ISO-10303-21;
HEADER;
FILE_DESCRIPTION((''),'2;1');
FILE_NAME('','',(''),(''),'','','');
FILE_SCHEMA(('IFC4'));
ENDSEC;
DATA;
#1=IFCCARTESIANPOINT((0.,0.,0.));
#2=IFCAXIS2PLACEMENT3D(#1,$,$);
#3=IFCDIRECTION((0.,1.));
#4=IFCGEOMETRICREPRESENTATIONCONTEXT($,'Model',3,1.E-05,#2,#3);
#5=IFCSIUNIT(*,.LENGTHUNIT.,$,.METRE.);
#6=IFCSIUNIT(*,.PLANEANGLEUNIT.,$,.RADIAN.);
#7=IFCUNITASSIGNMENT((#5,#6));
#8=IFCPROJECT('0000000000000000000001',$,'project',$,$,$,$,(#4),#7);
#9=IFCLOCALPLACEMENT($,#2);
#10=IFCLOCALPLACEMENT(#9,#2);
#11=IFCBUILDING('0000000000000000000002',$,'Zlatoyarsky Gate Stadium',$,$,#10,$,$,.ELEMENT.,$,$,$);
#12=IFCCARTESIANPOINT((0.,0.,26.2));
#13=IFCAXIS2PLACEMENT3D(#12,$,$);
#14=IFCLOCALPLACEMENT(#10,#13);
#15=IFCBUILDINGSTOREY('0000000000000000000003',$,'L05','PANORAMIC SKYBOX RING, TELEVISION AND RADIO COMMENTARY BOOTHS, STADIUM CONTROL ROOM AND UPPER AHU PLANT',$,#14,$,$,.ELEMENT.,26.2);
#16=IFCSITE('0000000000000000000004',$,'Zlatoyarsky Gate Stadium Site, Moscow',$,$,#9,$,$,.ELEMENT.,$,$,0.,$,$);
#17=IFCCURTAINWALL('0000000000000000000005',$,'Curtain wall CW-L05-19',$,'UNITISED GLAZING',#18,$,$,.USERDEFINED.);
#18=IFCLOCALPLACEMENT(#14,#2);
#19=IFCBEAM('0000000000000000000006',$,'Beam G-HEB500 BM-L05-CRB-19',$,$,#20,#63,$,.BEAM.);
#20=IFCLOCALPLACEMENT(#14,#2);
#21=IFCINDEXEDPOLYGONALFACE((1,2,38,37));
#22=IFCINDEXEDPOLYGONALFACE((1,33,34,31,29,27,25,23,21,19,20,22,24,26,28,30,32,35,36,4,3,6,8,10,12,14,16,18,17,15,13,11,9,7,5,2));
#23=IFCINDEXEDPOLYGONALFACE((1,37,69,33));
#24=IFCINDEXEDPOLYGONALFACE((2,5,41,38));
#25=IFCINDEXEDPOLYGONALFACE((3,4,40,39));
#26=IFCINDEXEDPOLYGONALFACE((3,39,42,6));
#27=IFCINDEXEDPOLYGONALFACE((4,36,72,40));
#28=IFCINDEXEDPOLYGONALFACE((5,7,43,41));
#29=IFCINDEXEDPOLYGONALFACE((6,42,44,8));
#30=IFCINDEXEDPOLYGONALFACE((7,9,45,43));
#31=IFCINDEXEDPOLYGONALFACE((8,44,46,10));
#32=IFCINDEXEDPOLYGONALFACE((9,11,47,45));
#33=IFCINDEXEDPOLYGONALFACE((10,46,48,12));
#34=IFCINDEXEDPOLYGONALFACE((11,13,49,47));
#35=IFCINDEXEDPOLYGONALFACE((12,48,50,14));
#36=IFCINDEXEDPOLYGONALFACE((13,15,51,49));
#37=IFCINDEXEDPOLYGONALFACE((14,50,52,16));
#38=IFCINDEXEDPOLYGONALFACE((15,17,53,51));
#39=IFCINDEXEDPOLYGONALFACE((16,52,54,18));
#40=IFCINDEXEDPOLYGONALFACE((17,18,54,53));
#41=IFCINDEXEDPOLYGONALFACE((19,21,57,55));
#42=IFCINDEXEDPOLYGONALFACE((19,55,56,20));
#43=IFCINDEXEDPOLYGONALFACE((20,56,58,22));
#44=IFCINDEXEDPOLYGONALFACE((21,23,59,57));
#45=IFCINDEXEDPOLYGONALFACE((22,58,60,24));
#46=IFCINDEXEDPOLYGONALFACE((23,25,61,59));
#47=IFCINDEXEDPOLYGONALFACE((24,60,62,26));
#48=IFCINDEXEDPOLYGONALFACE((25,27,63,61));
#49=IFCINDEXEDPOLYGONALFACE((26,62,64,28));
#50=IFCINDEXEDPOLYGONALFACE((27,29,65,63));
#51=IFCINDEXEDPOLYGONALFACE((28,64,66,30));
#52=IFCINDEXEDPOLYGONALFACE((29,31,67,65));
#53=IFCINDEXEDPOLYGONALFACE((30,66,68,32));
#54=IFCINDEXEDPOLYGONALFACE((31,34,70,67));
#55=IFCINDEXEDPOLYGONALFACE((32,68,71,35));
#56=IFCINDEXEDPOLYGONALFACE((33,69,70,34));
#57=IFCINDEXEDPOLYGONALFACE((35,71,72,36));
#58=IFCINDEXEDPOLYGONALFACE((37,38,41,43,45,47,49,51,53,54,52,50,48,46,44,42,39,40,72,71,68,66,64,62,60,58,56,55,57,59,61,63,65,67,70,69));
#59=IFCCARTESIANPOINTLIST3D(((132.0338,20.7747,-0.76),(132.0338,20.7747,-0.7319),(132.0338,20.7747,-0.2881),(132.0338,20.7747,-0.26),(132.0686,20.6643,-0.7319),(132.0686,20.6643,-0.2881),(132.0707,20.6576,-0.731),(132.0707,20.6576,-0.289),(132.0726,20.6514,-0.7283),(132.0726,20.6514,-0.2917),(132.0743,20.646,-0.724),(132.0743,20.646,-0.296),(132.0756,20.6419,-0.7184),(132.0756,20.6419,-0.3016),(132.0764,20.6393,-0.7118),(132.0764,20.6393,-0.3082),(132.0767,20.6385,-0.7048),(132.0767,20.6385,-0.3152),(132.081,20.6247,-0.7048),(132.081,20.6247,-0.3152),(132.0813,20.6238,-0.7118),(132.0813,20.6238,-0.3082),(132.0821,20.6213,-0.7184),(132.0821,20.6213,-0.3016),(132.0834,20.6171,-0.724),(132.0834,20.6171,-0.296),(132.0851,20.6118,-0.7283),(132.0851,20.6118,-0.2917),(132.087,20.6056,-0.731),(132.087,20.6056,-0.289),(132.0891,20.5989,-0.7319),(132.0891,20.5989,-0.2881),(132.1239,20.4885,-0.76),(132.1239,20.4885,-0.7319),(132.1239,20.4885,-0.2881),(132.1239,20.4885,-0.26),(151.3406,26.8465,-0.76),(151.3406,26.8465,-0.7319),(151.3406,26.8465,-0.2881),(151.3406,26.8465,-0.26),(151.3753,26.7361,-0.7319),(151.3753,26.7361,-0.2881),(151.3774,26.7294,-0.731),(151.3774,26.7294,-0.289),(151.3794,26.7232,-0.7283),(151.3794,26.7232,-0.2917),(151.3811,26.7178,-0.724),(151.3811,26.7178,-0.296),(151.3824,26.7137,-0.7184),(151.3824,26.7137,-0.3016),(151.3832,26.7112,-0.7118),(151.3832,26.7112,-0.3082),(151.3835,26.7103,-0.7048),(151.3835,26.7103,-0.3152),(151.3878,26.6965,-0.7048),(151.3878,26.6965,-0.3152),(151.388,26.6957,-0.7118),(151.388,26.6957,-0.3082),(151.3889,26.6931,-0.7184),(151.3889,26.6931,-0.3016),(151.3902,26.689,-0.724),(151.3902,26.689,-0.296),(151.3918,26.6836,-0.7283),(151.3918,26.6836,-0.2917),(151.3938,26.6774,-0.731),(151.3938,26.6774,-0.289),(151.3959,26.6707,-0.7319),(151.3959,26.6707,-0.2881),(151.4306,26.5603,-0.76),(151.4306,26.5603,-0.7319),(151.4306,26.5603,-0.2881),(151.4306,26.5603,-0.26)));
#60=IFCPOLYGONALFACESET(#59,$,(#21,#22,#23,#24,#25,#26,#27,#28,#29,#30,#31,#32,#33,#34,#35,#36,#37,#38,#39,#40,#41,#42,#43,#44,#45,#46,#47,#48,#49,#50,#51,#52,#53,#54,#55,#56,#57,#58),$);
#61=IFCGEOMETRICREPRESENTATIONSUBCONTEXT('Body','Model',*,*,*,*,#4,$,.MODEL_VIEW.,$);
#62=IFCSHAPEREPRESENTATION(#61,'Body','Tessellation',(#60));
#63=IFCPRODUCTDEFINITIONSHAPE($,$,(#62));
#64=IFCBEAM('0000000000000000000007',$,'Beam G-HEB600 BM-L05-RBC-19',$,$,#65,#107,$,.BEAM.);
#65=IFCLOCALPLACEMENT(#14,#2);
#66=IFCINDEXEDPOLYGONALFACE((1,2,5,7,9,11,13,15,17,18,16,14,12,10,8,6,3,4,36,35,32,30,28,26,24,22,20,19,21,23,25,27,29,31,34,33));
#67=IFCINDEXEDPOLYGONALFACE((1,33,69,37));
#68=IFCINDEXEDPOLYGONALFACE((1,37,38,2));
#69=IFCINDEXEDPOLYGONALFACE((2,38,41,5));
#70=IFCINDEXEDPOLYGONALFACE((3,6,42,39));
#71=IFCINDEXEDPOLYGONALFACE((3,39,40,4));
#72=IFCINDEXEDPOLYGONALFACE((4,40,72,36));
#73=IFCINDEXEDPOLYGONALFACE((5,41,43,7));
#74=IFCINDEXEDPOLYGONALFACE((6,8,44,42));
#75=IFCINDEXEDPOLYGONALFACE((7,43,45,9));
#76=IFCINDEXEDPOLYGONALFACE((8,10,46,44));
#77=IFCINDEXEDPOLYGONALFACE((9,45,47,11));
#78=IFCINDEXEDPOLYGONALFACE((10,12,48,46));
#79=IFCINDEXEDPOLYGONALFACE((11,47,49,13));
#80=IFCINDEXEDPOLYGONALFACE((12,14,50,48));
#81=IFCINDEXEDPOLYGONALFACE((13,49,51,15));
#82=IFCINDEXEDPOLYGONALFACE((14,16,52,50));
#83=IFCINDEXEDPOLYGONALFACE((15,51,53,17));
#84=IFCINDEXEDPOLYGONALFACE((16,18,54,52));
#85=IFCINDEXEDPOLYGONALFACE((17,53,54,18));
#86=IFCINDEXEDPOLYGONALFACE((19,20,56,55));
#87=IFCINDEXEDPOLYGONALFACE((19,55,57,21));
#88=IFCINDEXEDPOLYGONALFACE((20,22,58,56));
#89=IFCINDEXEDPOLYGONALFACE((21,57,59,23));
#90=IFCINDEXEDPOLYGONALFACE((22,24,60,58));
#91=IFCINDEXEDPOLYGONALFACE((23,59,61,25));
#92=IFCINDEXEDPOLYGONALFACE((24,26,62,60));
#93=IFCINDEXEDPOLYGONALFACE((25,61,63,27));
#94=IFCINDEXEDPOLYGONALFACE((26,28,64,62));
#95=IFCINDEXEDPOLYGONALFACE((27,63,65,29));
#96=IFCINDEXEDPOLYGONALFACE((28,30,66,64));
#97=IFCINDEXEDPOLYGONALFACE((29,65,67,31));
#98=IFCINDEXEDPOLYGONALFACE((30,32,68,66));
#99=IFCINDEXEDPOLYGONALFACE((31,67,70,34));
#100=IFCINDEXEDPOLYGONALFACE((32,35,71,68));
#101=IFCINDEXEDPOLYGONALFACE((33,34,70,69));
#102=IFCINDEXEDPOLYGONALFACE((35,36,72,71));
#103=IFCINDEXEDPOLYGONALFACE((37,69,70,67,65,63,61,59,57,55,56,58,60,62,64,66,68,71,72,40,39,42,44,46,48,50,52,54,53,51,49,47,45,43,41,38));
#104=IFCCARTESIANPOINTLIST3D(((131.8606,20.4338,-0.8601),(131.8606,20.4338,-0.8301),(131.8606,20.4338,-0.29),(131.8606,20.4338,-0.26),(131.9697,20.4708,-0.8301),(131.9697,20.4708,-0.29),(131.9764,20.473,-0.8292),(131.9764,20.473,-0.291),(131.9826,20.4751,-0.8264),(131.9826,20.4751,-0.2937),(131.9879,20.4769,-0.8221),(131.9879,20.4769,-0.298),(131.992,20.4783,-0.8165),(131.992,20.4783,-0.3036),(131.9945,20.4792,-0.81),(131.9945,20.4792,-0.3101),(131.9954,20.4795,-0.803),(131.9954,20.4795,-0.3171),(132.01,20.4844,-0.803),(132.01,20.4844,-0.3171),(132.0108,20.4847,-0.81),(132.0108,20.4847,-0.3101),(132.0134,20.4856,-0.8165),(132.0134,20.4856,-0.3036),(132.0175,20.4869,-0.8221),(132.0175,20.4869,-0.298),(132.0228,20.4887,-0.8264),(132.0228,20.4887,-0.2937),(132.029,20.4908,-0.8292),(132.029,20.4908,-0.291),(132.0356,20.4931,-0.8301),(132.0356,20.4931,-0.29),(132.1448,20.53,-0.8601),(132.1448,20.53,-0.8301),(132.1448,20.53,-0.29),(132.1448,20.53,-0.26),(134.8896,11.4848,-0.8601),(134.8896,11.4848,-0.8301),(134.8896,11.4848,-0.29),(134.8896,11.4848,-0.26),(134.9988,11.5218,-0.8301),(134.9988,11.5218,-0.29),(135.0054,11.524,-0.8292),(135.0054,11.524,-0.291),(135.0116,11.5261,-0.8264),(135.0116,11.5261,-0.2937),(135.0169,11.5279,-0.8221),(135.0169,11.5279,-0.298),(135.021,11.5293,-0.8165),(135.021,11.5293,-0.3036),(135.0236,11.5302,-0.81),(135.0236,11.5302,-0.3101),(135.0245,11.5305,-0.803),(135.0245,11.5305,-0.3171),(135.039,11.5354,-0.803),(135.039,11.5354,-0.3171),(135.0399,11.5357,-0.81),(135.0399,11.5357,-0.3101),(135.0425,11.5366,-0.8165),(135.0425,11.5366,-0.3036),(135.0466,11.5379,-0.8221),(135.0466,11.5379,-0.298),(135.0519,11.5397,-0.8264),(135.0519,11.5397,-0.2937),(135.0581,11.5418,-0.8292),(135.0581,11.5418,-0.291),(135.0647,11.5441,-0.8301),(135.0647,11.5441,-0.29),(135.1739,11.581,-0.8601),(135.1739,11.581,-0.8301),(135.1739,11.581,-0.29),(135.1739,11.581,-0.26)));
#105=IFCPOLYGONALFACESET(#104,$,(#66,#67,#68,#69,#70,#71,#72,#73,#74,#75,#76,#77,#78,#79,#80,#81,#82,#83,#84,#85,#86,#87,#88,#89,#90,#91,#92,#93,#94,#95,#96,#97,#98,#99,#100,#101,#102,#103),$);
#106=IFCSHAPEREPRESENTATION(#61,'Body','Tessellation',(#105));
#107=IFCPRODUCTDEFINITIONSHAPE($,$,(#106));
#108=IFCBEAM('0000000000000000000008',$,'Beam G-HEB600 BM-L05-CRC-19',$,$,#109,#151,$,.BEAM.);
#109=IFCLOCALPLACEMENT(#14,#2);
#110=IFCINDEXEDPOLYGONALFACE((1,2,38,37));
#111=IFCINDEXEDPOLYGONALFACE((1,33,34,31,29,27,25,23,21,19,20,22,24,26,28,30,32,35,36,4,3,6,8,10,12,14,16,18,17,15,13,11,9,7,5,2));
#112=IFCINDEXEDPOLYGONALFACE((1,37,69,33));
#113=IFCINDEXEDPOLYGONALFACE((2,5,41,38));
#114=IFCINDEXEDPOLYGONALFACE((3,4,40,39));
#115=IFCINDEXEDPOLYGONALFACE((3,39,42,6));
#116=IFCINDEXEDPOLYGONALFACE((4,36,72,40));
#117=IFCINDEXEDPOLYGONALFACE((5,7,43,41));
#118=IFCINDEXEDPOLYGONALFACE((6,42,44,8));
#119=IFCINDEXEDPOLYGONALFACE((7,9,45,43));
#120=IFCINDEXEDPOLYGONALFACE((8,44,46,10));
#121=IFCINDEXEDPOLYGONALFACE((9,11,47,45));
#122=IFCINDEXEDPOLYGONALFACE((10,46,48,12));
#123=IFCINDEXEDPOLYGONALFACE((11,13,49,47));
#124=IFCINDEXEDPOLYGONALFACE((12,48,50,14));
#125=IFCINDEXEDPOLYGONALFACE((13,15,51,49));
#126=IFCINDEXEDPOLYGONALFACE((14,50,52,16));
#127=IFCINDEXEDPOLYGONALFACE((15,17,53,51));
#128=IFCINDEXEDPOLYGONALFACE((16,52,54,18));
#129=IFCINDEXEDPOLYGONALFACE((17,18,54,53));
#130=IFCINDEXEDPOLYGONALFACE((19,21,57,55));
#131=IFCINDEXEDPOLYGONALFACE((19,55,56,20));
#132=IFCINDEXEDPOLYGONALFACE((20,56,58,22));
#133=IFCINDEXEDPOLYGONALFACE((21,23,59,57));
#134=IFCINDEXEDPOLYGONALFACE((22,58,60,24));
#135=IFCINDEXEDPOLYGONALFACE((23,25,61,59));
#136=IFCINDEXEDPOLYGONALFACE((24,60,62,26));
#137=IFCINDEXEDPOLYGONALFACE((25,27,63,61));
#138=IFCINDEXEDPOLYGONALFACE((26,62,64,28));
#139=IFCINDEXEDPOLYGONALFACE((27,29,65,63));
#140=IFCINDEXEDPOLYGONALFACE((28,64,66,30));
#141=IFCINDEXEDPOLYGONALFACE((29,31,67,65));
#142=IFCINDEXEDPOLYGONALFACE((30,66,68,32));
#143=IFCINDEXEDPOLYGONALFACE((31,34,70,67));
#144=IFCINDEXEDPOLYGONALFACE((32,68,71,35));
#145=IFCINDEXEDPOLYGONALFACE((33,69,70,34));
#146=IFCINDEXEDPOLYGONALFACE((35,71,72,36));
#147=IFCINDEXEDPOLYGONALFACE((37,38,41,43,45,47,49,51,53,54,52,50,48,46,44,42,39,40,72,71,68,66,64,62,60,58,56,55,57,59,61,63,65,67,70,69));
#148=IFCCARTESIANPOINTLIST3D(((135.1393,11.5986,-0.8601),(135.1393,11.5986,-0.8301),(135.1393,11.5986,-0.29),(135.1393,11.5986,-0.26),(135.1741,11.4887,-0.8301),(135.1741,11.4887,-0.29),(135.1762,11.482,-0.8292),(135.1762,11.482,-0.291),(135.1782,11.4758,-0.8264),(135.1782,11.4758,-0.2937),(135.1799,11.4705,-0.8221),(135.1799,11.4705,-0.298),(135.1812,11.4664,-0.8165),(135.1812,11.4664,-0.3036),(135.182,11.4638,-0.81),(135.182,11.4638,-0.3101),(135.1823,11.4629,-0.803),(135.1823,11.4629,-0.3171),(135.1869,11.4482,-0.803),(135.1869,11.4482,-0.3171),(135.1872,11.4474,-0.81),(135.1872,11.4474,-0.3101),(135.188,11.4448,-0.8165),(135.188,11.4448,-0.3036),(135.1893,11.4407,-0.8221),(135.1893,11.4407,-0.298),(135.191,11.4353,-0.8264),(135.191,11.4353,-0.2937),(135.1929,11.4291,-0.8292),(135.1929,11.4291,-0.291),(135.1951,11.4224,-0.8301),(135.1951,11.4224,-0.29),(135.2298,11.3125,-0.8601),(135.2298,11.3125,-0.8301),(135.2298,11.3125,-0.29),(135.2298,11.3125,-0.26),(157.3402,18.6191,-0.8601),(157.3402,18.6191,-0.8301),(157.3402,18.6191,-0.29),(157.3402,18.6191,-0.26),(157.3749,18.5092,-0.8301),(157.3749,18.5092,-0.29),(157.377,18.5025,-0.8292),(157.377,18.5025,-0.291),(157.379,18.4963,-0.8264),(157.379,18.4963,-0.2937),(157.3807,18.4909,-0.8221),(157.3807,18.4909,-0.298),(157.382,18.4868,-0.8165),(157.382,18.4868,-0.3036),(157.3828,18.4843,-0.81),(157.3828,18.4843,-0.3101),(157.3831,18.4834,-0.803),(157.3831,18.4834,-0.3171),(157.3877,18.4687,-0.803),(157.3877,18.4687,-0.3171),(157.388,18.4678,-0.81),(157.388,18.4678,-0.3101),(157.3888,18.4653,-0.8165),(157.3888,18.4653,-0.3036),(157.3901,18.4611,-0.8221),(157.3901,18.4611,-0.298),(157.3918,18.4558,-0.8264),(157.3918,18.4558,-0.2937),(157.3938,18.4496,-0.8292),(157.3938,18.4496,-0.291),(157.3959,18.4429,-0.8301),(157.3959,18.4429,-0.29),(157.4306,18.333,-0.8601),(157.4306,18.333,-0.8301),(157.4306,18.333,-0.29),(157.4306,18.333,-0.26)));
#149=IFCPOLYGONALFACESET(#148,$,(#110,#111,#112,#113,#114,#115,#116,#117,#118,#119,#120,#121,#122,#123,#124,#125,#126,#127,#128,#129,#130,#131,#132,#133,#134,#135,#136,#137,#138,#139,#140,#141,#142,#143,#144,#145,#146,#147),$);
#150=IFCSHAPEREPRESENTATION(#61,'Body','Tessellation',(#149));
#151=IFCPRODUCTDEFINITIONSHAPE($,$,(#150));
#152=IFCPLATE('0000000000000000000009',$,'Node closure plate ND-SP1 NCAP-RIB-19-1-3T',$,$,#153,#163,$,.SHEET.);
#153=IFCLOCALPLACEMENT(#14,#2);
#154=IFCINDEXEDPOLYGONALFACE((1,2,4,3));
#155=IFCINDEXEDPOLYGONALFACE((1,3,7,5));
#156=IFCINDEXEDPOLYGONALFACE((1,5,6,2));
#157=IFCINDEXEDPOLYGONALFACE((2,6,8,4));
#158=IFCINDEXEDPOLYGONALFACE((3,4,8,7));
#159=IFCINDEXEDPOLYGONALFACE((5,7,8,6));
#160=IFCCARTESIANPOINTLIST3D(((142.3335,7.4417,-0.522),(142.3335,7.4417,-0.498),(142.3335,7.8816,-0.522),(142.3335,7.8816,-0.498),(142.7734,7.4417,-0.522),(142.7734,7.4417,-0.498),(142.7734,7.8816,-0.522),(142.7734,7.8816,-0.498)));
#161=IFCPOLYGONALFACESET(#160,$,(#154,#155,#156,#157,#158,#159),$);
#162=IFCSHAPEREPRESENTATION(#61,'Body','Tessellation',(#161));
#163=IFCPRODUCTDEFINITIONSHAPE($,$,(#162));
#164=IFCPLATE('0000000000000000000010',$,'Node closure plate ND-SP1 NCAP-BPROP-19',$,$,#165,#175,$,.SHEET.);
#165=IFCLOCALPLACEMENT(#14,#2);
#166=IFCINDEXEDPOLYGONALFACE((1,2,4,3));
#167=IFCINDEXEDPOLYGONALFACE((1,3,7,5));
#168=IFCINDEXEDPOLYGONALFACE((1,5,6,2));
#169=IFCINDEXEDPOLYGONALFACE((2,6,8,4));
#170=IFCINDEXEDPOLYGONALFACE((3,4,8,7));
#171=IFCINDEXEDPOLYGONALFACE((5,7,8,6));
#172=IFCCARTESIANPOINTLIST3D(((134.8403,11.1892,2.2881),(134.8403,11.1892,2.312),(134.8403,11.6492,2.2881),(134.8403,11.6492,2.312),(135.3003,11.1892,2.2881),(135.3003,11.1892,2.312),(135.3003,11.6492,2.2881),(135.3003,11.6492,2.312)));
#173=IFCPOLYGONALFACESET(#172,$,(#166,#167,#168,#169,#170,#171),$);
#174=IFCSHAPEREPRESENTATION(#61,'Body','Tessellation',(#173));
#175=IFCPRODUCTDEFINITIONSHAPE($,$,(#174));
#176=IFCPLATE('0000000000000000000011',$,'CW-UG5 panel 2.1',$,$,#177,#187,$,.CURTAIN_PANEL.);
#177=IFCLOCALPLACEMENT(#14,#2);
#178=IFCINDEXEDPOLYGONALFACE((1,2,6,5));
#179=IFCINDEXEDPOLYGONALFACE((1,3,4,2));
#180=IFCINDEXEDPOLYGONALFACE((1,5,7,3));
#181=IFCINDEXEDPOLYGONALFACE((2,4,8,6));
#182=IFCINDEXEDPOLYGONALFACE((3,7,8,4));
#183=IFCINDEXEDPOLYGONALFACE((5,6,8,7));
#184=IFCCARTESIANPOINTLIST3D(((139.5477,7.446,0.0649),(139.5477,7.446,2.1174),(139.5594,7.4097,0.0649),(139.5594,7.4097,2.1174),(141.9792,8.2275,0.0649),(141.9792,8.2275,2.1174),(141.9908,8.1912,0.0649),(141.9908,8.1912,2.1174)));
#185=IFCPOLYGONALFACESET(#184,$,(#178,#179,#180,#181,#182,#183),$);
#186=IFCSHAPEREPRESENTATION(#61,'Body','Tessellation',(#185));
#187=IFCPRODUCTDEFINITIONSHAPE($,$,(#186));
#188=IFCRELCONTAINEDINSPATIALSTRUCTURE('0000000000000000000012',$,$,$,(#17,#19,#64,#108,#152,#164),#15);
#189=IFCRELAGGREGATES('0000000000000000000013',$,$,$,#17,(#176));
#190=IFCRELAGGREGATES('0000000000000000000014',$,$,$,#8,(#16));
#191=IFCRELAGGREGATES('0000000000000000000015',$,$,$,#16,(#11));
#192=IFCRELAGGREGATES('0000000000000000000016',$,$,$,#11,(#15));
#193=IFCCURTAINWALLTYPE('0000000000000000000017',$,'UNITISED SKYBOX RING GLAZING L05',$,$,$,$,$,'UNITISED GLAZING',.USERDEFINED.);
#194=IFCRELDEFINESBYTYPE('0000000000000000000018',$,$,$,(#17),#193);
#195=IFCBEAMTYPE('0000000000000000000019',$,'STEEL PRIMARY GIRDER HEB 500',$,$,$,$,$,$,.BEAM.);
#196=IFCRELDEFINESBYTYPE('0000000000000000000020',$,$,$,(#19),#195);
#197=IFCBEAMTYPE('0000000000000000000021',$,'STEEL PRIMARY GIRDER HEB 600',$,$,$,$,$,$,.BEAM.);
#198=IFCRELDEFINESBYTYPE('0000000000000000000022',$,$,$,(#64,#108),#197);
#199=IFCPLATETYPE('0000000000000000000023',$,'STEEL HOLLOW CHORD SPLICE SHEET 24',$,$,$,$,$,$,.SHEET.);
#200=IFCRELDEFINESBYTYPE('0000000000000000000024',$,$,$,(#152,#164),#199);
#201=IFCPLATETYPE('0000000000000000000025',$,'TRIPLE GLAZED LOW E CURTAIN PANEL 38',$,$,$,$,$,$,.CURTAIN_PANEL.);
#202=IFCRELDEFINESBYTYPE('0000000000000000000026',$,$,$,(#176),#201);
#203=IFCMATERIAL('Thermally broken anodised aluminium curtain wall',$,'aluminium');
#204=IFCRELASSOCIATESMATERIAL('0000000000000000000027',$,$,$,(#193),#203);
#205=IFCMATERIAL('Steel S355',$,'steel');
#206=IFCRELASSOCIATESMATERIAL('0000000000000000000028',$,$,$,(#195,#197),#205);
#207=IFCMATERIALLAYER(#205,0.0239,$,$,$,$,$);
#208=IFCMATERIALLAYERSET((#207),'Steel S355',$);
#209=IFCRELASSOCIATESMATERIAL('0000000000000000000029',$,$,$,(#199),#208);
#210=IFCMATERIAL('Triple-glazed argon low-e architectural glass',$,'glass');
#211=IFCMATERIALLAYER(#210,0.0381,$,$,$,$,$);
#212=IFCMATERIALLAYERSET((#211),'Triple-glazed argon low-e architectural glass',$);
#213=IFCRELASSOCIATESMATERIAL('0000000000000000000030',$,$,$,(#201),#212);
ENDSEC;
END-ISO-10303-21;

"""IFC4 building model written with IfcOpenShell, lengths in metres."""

from ifc_helpers import new_model, si_unit, direction, frame, origin, origin_2d, place, context, subcontext, project, spatial, rectangle, i_section, extrude, material, layer, layer_set, material_profile, profile_set, type_object, element, aggregate, save


model = new_model("IFC4")

# Units and contexts
model_context = context("Model", 3, precision=1e-05, world=origin(), true_north=direction((0.0, 1.0)))
body_context = subcontext(model_context, "Body", "Model", "MODEL_VIEW")
ifc_project = project(units=[si_unit("LENGTHUNIT", "METRE"), si_unit("PLANEANGLEUNIT", "RADIAN")], contexts=[model_context])

# Site, building, storey
site_placement = place(None, origin())
site = spatial("IfcSite", under=ifc_project, at=site_placement, Name="Zlatoyarsky Gate Stadium Site, Moscow", CompositionType="ELEMENT", RefElevation=0.0)
building_placement = place(site_placement, origin())
building = spatial("IfcBuilding", under=site, at=building_placement, Name="Zlatoyarsky Gate Stadium", CompositionType="ELEMENT")
storey_placement = place(building_placement, frame((0.0, 0.0, 26.2)))
storey = spatial("IfcBuildingStorey", under=building, at=storey_placement, Name="L05", Description="PANORAMIC SKYBOX RING, TELEVISION AND RADIO COMMENTARY BOOTHS, STADIUM CONTROL ROOM AND UPPER AHU PLANT", CompositionType="ELEMENT", Elevation=26.2)

# Shared definitions
ifc_material_1 = material(Name="Steel S355", Category="steel")

# Curtain wall
ifc_material_2 = material(Name="Thermally broken anodised aluminium curtain wall", Category="aluminium")
curtain_wall_type = type_object("IfcCurtainWallType", Name="UNITISED SKYBOX RING GLAZING L05", ElementType="UNITISED GLAZING", PredefinedType="USERDEFINED", material=ifc_material_2)
curtain_wall_placement = place(storey_placement, origin())
curtain_wall = element("IfcCurtainWall", 1, at=curtain_wall_placement, inside=storey, type_object=curtain_wall_type, Name="Curtain wall CW-L05-19", ObjectType="UNITISED GLAZING", PredefinedType="USERDEFINED")

# Beams
ifc_material_profile_1 = material_profile(ifc_material_1, i_section(OverallWidth=0.3, OverallDepth=0.5, WebThickness=0.0144, FlangeThickness=0.0281, FilletRadius=0.0271, at=origin_2d()), Name="HEB 500")
ifc_profile_set_1 = profile_set([ifc_material_profile_1], Name="Steel S355")
beam_type_1 = type_object("IfcBeamType", Name="STEEL PRIMARY GIRDER HEB 500", PredefinedType="BEAM", material=ifc_profile_set_1)
beam_1_placement = place(storey_placement, frame((132.0789, 20.6316, -0.51), z_axis=(0.953938, 0.300005, 0.0), x_axis=(-0.300005, 0.953938, 0.0)))
element("IfcBeam", 2, at=beam_1_placement, inside=storey, type_object=beam_type_1, Name="Beam G-HEB500 BM-L05-CRB-19", PredefinedType="BEAM", context=body_context, shape_type="SweptSolid", body=[
    extrude(i_section(OverallWidth=0.3, OverallDepth=0.5, WebThickness=0.0144, FlangeThickness=0.0281, FilletRadius=0.0271, at=origin_2d()), origin(), (0.0, 0.0, 1.0), 20.239),
])
ifc_material_profile_2 = material_profile(ifc_material_1, i_section(OverallWidth=0.3, OverallDepth=0.6001, WebThickness=0.0154, FlangeThickness=0.03, FilletRadius=0.0271, at=origin_2d()), Name="HEB 600")
ifc_profile_set_2 = profile_set([ifc_material_profile_2], Name="Steel S355")
beam_type_2 = type_object("IfcBeamType", Name="STEEL PRIMARY GIRDER HEB 600", PredefinedType="BEAM", material=ifc_profile_set_2)
beam_2_placement = place(storey_placement, frame((132.0027, 20.4819, -0.5601), z_axis=(0.320612, -0.947211, 0.0), x_axis=(0.947211, 0.320612, 0.0)))
element("IfcBeam", 3, at=beam_2_placement, inside=storey, type_object=beam_type_2, Name="Beam G-HEB600 BM-L05-RBC-19", PredefinedType="BEAM", context=body_context, shape_type="SweptSolid", body=[
    extrude(i_section(OverallWidth=0.3, OverallDepth=0.6001, WebThickness=0.0154, FlangeThickness=0.03, FilletRadius=0.0271, at=origin_2d()), origin(), (0.0, 0.0, 1.0), 9.4478),
])
beam_3_placement = place(storey_placement, frame((135.1846, 11.4556, -0.5601), z_axis=(0.953463, 0.30151, 0.0), x_axis=(-0.30151, 0.953463, 0.0)))
element("IfcBeam", 4, at=beam_3_placement, inside=storey, type_object=beam_type_2, Name="Beam G-HEB600 BM-L05-CRC-19", PredefinedType="BEAM", context=body_context, shape_type="SweptSolid", body=[
    extrude(i_section(OverallWidth=0.3, OverallDepth=0.6001, WebThickness=0.0154, FlangeThickness=0.03, FilletRadius=0.0271, at=origin_2d()), origin(), (0.0, 0.0, 1.0), 23.2844),
])

# Plates
ifc_layer_1 = layer(ifc_material_1, 0.0239)
ifc_layer_set_1 = layer_set([ifc_layer_1], Name="Steel S355")
plate_type_1 = type_object("IfcPlateType", Name="STEEL HOLLOW CHORD SPLICE SHEET 24", PredefinedType="SHEET", material=ifc_layer_set_1)
plate_1_placement = place(storey_placement, frame((142.5535, 7.6616, -0.522), z_axis=(0.0, 0.0, 1.0), x_axis=(1.0, 0.0, 0.0)))
element("IfcPlate", 5, at=plate_1_placement, inside=storey, type_object=plate_type_1, Name="Node closure plate ND-SP1 NCAP-RIB-19-1-3T", PredefinedType="SHEET", context=body_context, shape_type="SweptSolid", body=[
    extrude(rectangle(XDim=0.4399, YDim=0.4399, at=origin_2d()), origin(), (0.0, 0.0, 1.0), 0.0239),
])
plate_2_placement = place(storey_placement, frame((135.0703, 11.4192, 2.2881), z_axis=(0.0, 0.0, 1.0), x_axis=(1.0, 0.0, 0.0)))
element("IfcPlate", 6, at=plate_2_placement, inside=storey, type_object=plate_type_1, Name="Node closure plate ND-SP1 NCAP-BPROP-19", PredefinedType="SHEET", context=body_context, shape_type="SweptSolid", body=[
    extrude(rectangle(XDim=0.46, YDim=0.46, at=origin_2d()), origin(), (0.0, 0.0, 1.0), 0.0239),
])

# Plate
ifc_material_3 = material(Name="Triple-glazed argon low-e architectural glass", Category="glass")
ifc_layer_2 = layer(ifc_material_3, 0.0381)
ifc_layer_set_2 = layer_set([ifc_layer_2], Name="Triple-glazed argon low-e architectural glass")
plate_type_2 = type_object("IfcPlateType", Name="TRIPLE GLAZED LOW E CURTAIN PANEL 38", PredefinedType="CURTAIN_PANEL", material=ifc_layer_set_2)
plate_3_placement = place(storey_placement, frame((140.7693, 7.8186, 0.0649), z_axis=(0.0, 0.0, 1.0), x_axis=(0.952039, 0.305978, 0.0)))
plate_3 = element("IfcPlate", 7, at=plate_3_placement, type_object=plate_type_2, Name="CW-UG5 panel 2.1", PredefinedType="CURTAIN_PANEL", context=body_context, shape_type="SweptSolid", body=[
    extrude(rectangle(XDim=2.554, YDim=0.0381, at=origin_2d()), origin(), (0.0, 0.0, 1.0), 2.0525),
])
aggregate(curtain_wall, [plate_3])

save(model, "model.ifc")
